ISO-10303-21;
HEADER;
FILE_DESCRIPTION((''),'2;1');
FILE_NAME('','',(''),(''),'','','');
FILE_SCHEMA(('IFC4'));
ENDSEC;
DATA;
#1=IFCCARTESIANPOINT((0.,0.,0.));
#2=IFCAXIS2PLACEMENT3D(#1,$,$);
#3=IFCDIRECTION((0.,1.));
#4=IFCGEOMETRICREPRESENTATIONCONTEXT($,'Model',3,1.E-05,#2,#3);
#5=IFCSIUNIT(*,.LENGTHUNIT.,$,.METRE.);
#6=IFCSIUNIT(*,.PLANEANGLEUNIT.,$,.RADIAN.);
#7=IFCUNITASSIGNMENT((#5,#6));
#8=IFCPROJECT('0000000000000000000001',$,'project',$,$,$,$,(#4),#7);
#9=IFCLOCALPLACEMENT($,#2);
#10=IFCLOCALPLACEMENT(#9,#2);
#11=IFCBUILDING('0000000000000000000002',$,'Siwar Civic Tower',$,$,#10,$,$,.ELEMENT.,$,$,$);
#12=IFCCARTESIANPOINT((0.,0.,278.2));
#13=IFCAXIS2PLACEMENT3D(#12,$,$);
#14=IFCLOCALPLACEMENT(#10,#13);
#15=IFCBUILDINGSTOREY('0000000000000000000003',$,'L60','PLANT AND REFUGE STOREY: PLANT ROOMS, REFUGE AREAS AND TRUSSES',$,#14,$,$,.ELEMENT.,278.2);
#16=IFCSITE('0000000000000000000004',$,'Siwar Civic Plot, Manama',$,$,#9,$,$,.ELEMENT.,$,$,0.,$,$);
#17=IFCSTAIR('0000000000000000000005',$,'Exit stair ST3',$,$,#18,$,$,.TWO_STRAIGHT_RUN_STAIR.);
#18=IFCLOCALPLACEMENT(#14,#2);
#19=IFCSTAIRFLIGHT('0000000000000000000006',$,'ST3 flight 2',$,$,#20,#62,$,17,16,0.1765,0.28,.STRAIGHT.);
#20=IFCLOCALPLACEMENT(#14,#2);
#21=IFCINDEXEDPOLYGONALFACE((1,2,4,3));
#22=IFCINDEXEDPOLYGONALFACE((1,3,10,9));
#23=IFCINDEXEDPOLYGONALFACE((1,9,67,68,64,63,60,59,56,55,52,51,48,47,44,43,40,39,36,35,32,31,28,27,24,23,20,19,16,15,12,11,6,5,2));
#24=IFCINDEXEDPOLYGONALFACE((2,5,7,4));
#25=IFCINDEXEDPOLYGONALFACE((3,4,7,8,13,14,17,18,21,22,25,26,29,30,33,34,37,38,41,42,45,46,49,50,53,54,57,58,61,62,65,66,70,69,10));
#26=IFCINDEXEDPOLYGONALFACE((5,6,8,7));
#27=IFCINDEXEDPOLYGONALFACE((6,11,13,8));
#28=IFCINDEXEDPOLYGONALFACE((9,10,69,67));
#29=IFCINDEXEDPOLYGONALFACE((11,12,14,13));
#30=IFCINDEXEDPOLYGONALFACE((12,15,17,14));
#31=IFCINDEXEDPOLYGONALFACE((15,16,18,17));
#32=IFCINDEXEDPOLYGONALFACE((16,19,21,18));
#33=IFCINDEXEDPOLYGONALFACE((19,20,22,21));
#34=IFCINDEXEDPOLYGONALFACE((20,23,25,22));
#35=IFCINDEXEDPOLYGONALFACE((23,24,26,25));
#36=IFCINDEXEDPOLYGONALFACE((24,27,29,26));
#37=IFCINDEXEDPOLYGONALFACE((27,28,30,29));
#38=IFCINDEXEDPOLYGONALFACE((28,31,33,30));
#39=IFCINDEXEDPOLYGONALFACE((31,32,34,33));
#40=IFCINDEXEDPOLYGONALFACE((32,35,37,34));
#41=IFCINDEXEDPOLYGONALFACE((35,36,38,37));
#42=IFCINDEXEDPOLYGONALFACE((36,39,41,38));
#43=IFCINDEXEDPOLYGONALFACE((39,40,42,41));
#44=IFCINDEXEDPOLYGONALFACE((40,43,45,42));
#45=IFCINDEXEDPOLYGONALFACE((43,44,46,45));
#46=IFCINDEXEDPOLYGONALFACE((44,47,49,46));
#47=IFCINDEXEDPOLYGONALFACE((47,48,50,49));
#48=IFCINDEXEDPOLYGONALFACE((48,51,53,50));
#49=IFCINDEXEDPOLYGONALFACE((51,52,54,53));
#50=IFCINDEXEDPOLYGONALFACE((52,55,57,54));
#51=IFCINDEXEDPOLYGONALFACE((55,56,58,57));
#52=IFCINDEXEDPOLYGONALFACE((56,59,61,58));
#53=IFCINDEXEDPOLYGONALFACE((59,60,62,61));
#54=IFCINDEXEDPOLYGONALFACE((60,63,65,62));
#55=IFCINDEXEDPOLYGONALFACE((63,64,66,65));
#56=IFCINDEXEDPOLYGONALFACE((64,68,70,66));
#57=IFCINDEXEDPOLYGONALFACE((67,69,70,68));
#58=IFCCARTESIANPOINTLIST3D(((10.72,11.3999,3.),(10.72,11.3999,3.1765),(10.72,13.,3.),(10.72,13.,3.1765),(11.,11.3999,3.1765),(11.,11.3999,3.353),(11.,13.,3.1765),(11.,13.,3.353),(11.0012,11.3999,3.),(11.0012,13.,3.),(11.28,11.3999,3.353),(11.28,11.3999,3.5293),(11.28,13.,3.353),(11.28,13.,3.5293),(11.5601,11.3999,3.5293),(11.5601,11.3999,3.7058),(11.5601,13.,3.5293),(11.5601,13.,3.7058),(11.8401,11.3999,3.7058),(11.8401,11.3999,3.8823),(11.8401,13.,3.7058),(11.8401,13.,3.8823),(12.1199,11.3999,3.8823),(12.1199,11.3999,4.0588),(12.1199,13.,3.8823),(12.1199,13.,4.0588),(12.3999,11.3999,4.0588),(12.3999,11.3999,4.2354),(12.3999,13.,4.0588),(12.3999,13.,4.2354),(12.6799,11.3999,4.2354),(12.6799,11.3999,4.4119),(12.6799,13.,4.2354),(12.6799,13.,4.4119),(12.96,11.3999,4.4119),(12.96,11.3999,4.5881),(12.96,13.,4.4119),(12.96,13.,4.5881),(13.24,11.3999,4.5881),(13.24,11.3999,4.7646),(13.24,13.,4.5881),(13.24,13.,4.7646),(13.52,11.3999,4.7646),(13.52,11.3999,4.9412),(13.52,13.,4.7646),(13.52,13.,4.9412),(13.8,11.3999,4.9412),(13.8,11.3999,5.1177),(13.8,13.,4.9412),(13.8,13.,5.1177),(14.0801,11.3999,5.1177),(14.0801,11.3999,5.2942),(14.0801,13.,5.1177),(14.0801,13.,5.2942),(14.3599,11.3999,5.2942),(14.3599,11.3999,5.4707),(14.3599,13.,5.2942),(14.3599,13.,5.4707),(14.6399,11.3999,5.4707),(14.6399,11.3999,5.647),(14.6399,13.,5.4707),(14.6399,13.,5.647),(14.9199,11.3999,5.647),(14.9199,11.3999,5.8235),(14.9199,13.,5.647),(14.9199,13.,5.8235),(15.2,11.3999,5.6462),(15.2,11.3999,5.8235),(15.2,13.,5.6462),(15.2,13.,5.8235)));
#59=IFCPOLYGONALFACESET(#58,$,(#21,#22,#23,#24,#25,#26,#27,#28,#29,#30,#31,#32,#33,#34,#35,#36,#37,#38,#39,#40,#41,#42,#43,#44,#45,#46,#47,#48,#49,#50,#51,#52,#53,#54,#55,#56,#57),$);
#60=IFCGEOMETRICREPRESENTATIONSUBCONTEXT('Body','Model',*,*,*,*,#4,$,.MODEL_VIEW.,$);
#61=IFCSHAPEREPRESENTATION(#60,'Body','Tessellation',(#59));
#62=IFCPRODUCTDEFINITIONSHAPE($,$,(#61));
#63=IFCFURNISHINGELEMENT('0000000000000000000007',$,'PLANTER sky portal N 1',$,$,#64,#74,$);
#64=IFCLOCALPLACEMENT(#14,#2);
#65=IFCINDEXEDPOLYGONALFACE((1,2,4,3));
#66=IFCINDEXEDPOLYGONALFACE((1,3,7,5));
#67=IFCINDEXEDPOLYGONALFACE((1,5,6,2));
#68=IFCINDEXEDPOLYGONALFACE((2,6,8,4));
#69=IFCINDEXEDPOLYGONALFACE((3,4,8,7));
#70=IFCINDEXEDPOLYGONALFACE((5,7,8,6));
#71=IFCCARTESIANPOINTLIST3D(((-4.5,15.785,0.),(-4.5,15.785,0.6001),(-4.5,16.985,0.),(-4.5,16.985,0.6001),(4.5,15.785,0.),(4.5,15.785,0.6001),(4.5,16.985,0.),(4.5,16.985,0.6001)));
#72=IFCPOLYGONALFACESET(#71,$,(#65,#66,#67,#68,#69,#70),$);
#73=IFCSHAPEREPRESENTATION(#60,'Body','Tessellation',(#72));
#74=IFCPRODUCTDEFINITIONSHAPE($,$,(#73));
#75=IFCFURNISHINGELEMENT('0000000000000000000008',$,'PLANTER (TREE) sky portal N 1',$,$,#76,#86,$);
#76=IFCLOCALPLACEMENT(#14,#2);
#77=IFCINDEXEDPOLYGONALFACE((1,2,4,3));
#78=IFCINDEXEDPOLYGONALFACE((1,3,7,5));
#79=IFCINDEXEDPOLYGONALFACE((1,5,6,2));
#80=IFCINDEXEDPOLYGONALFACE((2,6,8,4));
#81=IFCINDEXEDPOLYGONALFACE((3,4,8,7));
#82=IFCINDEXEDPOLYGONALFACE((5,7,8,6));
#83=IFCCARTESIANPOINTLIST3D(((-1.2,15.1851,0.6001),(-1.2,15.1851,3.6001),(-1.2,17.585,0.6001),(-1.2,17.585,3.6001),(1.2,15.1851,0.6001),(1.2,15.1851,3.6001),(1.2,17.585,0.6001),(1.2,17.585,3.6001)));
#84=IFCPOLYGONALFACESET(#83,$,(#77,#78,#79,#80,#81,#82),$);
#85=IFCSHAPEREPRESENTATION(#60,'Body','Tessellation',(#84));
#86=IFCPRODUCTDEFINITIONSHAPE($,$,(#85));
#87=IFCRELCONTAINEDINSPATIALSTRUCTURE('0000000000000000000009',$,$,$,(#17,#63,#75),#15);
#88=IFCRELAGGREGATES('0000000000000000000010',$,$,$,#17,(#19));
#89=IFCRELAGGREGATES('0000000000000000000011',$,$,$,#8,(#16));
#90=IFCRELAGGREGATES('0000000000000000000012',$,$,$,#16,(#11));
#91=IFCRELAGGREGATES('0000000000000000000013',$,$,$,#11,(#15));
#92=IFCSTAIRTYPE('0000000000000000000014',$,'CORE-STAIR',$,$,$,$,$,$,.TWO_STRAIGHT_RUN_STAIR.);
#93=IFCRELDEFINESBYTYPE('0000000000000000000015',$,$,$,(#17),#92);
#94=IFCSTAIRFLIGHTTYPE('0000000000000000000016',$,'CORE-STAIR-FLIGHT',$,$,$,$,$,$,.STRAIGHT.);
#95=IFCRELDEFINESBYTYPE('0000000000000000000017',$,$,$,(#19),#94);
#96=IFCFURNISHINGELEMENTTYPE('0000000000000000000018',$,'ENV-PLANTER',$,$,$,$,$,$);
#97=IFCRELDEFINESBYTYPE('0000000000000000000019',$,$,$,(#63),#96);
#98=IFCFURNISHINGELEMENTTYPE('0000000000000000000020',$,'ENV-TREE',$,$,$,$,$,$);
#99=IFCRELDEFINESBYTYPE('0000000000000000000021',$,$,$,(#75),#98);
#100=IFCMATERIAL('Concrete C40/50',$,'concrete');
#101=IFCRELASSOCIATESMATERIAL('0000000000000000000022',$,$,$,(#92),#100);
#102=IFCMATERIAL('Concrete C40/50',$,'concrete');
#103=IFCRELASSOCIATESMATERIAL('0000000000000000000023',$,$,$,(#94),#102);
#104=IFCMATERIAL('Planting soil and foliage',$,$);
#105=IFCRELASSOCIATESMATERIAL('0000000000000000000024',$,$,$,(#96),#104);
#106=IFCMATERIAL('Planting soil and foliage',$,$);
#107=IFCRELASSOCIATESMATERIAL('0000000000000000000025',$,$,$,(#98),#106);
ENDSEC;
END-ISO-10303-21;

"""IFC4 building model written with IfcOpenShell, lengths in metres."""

from ifc_helpers import new_model, si_unit, direction, frame, origin, origin_2d, place, context, subcontext, project, spatial, polyline, rectangle, outline, extrude, material, type_object, element, aggregate, save


model = new_model("IFC4")

# Units and contexts
model_context = context("Model", 3, precision=1e-05, world=origin(), true_north=direction((0.0, 1.0)))
body_context = subcontext(model_context, "Body", "Model", "MODEL_VIEW")
ifc_project = project(units=[si_unit("LENGTHUNIT", "METRE"), si_unit("PLANEANGLEUNIT", "RADIAN")], contexts=[model_context])

# Site, building, storey
site_placement = place(None, origin())
site = spatial("IfcSite", under=ifc_project, at=site_placement, Name="Siwar Civic Plot, Manama", CompositionType="ELEMENT", RefElevation=0.0)
building_placement = place(site_placement, origin())
building = spatial("IfcBuilding", under=site, at=building_placement, Name="Siwar Civic Tower", CompositionType="ELEMENT")
storey_placement = place(building_placement, frame((0.0, 0.0, 278.2)))
storey = spatial("IfcBuildingStorey", under=building, at=storey_placement, Name="L60", Description="PLANT AND REFUGE STOREY: PLANT ROOMS, REFUGE AREAS AND TRUSSES", CompositionType="ELEMENT", Elevation=278.2)

# Stair, stair flight
ifc_material_1 = material(Name="Concrete C40/50", Category="concrete")
stair_type = type_object("IfcStairType", Name="CORE-STAIR", PredefinedType="TWO_STRAIGHT_RUN_STAIR", material=ifc_material_1)
stair_placement = place(storey_placement, origin())
stair = element("IfcStair", 1, at=stair_placement, inside=storey, type_object=stair_type, Name="Exit stair ST3", PredefinedType="TWO_STRAIGHT_RUN_STAIR")
ifc_material_2 = material(Name="Concrete C40/50", Category="concrete")
stair_flight_type = type_object("IfcStairFlightType", Name="CORE-STAIR-FLIGHT", PredefinedType="STRAIGHT", material=ifc_material_2)
stair_flight_1_placement = place(storey_placement, frame((10.72, 12.2, 3.0), z_axis=(0.0, 0.0, 1.0), x_axis=(1.0, 0.0, 0.0)))
stair_flight_1 = element("IfcStairFlight", 2, at=stair_flight_1_placement, type_object=stair_flight_type, Name="ST3 flight 2", NumberOfRisers=17, NumberOfTreads=16, PredefinedType="STRAIGHT", RiserHeight=0.1765, TreadLength=0.28, context=body_context, shape_type="SweptSolid", body=[
    extrude(outline(polyline([(0.0, 0.0), (0.0, 0.1765), (0.28, 0.1765), (0.28, 0.353), (0.5601, 0.353), (0.5601, 0.5293), (0.8401, 0.5293), (0.8401, 0.7058), (1.1201, 0.7058), (1.1201, 0.8823), (1.3999, 0.8823), (1.3999, 1.0588), (1.6799, 1.0588), (1.6799, 1.2354), (1.96, 1.2354), (1.96, 1.4119), (2.24, 1.4119), (2.24, 1.5881), (2.52, 1.5881), (2.52, 1.7646), (2.8, 1.7646), (2.8, 1.9412), (3.0801, 1.9412), (3.0801, 2.1177), (3.3601, 2.1177), (3.3601, 2.2942), (3.6399, 2.2942), (3.6399, 2.4707), (3.9199, 2.4707), (3.9199, 2.647), (4.2, 2.647), (4.2, 2.8235), (4.48, 2.8235), (4.48, 3.0), (4.48, 2.6462), (0.2812, 0.0), (0.0, 0.0)])), frame((0.0, 0.8, 0.0), z_axis=(0.0, -1.0, 0.0), x_axis=(1.0, 0.0, 0.0)), (0.0, 0.0, 1.0), 1.6001),
])
aggregate(stair, [stair_flight_1])

# Furnishing elements
ifc_material_3 = material(Name="Planting soil and foliage")
furnishing_element_type_1 = type_object("IfcFurnishingElementType", Name="ENV-PLANTER", material=ifc_material_3)
furnishing_1_placement = place(storey_placement, frame((0.0, 16.385, 0.0), z_axis=(0.0, 0.0, 1.0), x_axis=(1.0, 0.0, 0.0)))
element("IfcFurnishingElement", 3, at=furnishing_1_placement, inside=storey, type_object=furnishing_element_type_1, Name="PLANTER sky portal N 1", context=body_context, shape_type="SweptSolid", body=[
    extrude(rectangle(XDim=9.0, YDim=1.2, at=origin_2d()), origin(), (0.0, 0.0, 1.0), 0.6001),
])
ifc_material_4 = material(Name="Planting soil and foliage")
furnishing_element_type_2 = type_object("IfcFurnishingElementType", Name="ENV-TREE", material=ifc_material_4)
furnishing_2_placement = place(storey_placement, frame((0.0, 16.385, 0.6001), z_axis=(0.0, 0.0, 1.0), x_axis=(1.0, 0.0, 0.0)))
element("IfcFurnishingElement", 4, at=furnishing_2_placement, inside=storey, type_object=furnishing_element_type_2, Name="PLANTER (TREE) sky portal N 1", context=body_context, shape_type="SweptSolid", body=[
    extrude(rectangle(XDim=2.3999, YDim=2.3999, at=origin_2d()), origin(), (0.0, 0.0, 1.0), 3.0),
])

save(model, "model.ifc")
